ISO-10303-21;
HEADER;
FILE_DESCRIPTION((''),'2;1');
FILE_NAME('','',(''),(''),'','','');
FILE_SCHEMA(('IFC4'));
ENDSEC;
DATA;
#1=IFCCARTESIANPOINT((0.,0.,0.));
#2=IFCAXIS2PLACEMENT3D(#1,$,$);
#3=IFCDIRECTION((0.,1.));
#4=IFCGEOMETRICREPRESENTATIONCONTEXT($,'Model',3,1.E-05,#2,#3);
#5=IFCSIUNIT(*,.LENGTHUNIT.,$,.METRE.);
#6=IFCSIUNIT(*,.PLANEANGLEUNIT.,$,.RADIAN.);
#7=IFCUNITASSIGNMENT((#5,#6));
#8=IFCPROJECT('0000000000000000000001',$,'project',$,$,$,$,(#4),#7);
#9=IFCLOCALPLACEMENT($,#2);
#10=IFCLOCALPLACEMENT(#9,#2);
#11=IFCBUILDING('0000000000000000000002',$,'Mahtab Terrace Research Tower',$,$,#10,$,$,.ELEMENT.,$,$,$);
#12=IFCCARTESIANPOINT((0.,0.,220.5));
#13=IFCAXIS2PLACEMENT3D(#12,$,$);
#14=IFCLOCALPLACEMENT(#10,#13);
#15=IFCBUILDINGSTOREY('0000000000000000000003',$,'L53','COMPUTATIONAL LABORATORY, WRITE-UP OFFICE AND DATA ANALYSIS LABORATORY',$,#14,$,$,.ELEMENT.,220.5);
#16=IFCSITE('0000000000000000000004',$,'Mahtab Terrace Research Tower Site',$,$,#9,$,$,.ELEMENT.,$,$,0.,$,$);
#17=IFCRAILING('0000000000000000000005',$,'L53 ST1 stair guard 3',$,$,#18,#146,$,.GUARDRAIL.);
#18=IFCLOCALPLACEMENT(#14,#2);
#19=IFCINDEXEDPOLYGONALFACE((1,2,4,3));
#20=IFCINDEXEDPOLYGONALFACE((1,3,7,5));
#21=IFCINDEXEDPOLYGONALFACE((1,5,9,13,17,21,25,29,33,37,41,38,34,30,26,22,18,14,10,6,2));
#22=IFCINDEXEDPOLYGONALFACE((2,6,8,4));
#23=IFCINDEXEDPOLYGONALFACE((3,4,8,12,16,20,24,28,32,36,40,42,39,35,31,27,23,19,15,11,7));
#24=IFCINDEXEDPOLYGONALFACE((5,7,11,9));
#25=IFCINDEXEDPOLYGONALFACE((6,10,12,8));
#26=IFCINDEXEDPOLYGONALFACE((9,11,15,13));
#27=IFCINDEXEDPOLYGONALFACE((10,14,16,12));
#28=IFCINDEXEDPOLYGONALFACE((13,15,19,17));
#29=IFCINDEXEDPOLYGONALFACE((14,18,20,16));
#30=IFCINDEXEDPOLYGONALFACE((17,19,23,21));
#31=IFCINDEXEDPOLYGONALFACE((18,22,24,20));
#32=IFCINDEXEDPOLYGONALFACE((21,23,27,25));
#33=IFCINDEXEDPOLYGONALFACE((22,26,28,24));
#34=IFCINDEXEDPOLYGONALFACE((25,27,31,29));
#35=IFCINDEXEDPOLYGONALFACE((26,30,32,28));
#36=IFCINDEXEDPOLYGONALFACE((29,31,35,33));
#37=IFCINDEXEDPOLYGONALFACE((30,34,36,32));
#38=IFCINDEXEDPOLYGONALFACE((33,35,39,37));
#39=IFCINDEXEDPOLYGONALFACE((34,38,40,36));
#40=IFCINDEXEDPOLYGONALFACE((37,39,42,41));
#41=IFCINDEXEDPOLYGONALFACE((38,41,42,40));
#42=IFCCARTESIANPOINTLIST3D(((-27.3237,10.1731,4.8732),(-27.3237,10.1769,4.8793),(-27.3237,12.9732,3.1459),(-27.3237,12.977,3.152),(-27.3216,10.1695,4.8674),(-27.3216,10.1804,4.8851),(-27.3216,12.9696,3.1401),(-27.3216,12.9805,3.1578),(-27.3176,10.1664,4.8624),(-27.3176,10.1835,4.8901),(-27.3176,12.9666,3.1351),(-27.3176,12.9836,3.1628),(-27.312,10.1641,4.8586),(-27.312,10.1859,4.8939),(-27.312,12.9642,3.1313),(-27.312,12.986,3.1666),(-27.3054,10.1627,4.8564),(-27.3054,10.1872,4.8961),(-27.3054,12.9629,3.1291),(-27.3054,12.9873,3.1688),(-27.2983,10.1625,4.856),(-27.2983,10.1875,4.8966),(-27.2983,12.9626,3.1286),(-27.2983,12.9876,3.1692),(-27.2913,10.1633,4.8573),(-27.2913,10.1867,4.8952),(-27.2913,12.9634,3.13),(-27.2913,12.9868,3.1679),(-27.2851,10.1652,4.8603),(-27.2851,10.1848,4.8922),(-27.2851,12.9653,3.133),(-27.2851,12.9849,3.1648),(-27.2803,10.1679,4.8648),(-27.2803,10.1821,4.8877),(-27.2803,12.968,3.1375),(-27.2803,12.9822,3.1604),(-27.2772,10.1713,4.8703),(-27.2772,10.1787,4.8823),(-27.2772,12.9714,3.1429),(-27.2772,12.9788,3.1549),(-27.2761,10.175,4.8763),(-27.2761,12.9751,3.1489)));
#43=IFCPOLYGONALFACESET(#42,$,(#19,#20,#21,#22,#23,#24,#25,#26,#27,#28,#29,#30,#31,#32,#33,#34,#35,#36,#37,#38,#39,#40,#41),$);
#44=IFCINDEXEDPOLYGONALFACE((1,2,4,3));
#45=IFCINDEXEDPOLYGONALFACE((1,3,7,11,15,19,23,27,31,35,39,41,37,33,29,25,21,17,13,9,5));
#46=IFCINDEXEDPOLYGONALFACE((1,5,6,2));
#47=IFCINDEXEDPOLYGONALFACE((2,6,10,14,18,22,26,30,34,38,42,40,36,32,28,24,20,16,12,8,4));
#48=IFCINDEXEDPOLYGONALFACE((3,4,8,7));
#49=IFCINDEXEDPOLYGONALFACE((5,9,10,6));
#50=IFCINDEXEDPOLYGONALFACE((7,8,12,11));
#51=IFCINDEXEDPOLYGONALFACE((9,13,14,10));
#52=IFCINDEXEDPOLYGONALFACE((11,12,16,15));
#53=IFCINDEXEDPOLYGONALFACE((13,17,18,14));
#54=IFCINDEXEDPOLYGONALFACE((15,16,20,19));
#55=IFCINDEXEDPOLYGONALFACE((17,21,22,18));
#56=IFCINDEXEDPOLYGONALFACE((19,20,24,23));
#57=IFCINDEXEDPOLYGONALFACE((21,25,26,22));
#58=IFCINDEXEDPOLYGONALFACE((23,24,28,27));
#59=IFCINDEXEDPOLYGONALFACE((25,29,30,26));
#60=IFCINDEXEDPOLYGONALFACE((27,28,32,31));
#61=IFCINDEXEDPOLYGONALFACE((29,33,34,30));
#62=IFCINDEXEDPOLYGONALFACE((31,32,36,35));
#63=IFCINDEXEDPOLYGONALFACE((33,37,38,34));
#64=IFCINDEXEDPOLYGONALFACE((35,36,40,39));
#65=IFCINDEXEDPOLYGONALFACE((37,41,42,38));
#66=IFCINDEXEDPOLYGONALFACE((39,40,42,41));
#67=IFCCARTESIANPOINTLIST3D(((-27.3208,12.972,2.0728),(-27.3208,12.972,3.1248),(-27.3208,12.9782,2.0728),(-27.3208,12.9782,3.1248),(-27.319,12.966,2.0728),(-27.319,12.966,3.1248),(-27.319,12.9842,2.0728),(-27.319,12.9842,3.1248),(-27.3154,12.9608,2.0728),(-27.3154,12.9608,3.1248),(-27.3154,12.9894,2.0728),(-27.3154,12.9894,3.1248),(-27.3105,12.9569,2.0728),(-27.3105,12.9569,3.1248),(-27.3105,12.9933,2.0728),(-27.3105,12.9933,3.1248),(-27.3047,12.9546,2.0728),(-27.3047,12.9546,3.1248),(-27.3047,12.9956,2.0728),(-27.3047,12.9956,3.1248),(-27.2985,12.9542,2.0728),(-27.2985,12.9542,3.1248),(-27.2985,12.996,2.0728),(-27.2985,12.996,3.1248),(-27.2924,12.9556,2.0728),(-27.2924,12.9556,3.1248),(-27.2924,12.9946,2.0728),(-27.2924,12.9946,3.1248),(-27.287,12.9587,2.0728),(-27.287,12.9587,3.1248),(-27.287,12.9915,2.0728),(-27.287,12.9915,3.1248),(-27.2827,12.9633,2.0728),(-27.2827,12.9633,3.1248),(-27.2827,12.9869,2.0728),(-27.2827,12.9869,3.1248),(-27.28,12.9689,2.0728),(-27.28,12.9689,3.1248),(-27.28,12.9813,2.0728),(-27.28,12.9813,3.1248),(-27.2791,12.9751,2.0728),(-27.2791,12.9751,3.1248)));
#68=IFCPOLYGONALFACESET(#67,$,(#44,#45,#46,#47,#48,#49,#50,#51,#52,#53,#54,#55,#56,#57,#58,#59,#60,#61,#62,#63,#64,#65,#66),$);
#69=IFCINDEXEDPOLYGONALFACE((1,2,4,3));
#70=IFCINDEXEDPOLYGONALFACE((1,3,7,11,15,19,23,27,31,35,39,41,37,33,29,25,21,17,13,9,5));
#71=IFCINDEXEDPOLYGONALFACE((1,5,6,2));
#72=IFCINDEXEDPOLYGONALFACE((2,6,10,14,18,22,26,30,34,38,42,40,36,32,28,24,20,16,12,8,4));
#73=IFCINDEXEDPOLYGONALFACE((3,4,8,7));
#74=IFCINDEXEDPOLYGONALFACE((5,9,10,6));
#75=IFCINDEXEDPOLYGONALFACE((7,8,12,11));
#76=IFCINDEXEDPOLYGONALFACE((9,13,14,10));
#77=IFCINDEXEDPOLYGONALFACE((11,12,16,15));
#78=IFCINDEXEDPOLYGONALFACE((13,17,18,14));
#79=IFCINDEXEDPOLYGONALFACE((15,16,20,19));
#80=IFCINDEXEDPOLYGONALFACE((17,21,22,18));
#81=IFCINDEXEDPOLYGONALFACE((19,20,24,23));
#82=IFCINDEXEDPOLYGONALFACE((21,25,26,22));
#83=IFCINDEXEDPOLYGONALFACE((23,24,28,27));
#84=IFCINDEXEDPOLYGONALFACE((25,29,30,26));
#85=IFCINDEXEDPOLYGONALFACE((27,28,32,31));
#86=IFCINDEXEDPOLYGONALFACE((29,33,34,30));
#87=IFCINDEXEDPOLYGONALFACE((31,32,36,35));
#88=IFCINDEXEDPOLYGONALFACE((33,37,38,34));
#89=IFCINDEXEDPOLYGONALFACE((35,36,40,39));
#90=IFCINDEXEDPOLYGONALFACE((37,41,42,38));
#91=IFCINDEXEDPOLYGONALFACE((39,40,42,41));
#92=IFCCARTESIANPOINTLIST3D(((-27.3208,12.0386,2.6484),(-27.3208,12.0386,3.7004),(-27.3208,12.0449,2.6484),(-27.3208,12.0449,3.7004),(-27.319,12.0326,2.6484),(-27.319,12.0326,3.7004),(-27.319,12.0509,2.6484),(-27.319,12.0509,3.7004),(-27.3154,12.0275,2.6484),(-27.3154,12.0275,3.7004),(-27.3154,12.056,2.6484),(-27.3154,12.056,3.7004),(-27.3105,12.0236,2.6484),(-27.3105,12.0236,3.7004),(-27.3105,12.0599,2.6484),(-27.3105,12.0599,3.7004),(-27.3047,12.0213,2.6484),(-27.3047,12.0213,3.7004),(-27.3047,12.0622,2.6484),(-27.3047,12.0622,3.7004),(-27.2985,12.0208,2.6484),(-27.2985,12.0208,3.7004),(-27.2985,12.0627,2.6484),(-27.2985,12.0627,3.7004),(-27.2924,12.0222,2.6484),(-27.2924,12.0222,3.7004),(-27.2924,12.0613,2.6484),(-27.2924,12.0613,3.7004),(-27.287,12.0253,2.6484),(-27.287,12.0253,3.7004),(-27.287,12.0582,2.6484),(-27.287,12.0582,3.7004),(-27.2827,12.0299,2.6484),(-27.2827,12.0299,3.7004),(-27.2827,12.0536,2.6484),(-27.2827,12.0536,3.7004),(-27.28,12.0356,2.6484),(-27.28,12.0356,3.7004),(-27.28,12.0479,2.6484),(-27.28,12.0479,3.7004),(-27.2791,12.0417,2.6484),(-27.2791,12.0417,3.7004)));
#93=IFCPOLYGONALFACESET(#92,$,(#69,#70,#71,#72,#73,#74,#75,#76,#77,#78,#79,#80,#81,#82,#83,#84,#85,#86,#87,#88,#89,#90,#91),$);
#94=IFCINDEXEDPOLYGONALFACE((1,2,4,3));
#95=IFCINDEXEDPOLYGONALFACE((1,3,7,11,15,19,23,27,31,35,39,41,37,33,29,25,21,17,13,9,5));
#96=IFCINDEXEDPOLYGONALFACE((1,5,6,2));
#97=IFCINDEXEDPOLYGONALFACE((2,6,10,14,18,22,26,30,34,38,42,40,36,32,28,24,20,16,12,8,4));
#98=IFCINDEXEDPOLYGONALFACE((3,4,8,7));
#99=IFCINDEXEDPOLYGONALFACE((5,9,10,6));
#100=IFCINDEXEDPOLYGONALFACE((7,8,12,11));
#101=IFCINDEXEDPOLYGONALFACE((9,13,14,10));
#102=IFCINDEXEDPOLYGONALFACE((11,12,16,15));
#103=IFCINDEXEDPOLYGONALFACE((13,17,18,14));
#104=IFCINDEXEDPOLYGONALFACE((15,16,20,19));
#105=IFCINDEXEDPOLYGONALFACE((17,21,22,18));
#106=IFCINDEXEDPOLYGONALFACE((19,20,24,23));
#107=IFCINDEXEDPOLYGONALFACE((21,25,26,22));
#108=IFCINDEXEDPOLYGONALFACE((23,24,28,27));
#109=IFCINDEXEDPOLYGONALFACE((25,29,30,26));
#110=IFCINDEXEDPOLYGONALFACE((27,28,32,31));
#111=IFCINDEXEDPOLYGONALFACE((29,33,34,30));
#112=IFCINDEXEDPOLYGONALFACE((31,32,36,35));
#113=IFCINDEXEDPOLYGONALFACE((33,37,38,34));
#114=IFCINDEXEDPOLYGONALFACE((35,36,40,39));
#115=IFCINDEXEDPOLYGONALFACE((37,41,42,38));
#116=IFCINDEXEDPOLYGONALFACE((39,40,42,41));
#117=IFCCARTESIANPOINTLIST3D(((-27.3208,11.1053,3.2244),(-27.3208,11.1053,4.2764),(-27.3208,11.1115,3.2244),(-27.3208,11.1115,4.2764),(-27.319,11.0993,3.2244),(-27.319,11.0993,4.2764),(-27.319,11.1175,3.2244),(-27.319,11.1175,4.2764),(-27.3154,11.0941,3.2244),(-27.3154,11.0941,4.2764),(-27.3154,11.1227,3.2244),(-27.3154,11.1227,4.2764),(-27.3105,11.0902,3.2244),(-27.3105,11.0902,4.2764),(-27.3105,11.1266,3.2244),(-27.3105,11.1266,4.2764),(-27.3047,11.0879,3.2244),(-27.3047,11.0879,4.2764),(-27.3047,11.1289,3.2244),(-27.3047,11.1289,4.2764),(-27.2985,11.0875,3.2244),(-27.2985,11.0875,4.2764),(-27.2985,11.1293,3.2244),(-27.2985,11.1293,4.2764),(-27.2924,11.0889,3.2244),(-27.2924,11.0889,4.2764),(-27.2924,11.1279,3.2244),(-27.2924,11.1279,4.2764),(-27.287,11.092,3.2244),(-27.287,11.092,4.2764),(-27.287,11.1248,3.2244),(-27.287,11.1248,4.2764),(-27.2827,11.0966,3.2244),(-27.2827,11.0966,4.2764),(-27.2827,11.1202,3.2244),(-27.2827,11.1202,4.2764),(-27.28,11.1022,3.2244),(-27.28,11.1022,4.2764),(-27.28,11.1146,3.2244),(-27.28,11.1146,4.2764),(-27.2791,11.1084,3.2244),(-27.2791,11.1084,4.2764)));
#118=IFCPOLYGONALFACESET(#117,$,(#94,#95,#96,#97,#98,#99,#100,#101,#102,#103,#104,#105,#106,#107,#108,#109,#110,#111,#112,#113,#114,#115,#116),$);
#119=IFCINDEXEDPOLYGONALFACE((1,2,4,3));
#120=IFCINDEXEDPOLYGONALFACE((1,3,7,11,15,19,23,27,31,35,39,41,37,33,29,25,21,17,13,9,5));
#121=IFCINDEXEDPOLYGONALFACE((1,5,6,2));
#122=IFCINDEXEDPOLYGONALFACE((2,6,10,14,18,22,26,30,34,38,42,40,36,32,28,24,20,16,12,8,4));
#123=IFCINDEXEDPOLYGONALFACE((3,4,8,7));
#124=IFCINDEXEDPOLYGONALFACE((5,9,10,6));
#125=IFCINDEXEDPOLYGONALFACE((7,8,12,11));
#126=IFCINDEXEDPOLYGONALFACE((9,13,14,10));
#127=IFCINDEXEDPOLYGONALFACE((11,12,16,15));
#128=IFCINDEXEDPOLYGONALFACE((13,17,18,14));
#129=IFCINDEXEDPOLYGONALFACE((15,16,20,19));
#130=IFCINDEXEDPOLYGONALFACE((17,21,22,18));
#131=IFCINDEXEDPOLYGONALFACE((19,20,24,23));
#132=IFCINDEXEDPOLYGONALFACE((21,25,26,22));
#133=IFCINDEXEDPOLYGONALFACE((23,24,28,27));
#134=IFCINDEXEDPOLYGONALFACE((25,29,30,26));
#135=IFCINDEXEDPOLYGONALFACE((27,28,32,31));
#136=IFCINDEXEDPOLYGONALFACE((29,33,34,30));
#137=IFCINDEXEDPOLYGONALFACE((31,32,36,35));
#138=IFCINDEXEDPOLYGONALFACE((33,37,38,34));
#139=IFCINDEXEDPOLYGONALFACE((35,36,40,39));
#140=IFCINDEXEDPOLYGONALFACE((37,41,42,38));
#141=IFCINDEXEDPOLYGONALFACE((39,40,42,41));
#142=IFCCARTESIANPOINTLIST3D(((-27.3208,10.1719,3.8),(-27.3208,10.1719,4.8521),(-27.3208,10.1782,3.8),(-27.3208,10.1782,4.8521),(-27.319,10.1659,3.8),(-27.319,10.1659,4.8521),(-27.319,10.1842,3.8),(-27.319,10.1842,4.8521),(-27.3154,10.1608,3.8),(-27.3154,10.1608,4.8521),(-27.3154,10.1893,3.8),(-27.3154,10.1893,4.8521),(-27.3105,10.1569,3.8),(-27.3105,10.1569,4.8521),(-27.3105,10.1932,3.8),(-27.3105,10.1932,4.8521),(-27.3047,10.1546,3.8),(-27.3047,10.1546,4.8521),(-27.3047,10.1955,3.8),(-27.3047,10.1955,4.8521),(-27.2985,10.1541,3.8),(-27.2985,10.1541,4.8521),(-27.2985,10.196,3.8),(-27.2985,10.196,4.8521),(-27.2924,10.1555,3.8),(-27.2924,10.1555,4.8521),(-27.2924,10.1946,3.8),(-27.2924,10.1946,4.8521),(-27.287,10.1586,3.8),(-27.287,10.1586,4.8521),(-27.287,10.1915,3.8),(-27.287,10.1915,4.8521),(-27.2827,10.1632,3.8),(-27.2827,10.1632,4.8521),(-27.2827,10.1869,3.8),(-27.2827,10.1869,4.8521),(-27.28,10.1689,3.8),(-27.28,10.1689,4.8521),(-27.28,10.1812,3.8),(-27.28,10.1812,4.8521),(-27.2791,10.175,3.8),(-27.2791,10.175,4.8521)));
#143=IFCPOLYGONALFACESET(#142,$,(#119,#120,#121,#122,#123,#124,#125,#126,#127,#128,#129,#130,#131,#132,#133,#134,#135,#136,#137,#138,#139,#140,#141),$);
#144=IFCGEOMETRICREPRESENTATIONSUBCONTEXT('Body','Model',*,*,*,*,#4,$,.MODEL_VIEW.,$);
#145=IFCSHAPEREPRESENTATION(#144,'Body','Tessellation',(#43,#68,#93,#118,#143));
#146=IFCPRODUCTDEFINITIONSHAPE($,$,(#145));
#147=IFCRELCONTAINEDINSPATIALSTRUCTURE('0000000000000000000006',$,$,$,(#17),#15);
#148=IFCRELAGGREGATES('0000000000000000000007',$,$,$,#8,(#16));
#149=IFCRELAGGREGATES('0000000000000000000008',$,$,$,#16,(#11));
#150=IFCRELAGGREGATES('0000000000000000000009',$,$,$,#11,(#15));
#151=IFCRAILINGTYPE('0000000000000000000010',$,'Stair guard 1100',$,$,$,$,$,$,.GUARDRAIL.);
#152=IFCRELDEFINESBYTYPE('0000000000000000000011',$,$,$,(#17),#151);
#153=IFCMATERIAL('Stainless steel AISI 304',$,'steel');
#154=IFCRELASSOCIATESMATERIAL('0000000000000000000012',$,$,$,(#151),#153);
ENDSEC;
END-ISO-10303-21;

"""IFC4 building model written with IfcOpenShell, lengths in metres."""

from ifc_helpers import new_model, si_unit, direction, frame, origin, origin_2d, place, context, subcontext, project, spatial, circle, extrude, material, type_object, element, save


model = new_model("IFC4")

# Units and contexts
model_context = context("Model", 3, precision=1e-05, world=origin(), true_north=direction((0.0, 1.0)))
body_context = subcontext(model_context, "Body", "Model", "MODEL_VIEW")
ifc_project = project(units=[si_unit("LENGTHUNIT", "METRE"), si_unit("PLANEANGLEUNIT", "RADIAN")], contexts=[model_context])

# Site, building, storey
site_placement = place(None, origin())
site = spatial("IfcSite", under=ifc_project, at=site_placement, Name="Mahtab Terrace Research Tower Site", CompositionType="ELEMENT", RefElevation=0.0)
building_placement = place(site_placement, origin())
building = spatial("IfcBuilding", under=site, at=building_placement, Name="Mahtab Terrace Research Tower", CompositionType="ELEMENT")
storey_placement = place(building_placement, frame((0.0, 0.0, 220.5)))
storey = spatial("IfcBuildingStorey", under=building, at=storey_placement, Name="L53", Description="COMPUTATIONAL LABORATORY, WRITE-UP OFFICE AND DATA ANALYSIS LABORATORY", CompositionType="ELEMENT", Elevation=220.5)

# Railing
ifc_material_1 = material(Name="Stainless steel AISI 304", Category="steel")
railing_type_1 = type_object("IfcRailingType", Name="Stair guard 1100", PredefinedType="GUARDRAIL", material=ifc_material_1)
railing_1_placement = place(storey_placement, frame((-27.3, 12.9751, 2.0728)))
element("IfcRailing", 1, at=railing_1_placement, inside=storey, type_object=railing_type_1, Name="L53 ST1 stair guard 3", PredefinedType="GUARDRAIL", context=body_context, shape_type="SweptSolid", body=[
    extrude(circle(Radius=0.0239, at=origin_2d()), frame((0.0, 0.0, 1.0762), z_axis=(0.0, -0.85109, 0.52502), x_axis=(1.0, 0.0, 0.0)), (0.0, 0.0, 1.0), 3.29),
    extrude(circle(Radius=0.021, at=origin_2d()), origin(), (0.0, 0.0, 1.0), 1.052),
    extrude(circle(Radius=0.021, at=origin_2d()), frame((0.0, -0.9333, 0.5757)), (0.0, 0.0, 1.0), 1.052),
    extrude(circle(Radius=0.021, at=origin_2d()), frame((0.0, -1.8667, 1.1516)), (0.0, 0.0, 1.0), 1.052),
    extrude(circle(Radius=0.021, at=origin_2d()), frame((0.0, -2.8, 1.7273)), (0.0, 0.0, 1.0), 1.052),
])

save(model, "model.ifc")
